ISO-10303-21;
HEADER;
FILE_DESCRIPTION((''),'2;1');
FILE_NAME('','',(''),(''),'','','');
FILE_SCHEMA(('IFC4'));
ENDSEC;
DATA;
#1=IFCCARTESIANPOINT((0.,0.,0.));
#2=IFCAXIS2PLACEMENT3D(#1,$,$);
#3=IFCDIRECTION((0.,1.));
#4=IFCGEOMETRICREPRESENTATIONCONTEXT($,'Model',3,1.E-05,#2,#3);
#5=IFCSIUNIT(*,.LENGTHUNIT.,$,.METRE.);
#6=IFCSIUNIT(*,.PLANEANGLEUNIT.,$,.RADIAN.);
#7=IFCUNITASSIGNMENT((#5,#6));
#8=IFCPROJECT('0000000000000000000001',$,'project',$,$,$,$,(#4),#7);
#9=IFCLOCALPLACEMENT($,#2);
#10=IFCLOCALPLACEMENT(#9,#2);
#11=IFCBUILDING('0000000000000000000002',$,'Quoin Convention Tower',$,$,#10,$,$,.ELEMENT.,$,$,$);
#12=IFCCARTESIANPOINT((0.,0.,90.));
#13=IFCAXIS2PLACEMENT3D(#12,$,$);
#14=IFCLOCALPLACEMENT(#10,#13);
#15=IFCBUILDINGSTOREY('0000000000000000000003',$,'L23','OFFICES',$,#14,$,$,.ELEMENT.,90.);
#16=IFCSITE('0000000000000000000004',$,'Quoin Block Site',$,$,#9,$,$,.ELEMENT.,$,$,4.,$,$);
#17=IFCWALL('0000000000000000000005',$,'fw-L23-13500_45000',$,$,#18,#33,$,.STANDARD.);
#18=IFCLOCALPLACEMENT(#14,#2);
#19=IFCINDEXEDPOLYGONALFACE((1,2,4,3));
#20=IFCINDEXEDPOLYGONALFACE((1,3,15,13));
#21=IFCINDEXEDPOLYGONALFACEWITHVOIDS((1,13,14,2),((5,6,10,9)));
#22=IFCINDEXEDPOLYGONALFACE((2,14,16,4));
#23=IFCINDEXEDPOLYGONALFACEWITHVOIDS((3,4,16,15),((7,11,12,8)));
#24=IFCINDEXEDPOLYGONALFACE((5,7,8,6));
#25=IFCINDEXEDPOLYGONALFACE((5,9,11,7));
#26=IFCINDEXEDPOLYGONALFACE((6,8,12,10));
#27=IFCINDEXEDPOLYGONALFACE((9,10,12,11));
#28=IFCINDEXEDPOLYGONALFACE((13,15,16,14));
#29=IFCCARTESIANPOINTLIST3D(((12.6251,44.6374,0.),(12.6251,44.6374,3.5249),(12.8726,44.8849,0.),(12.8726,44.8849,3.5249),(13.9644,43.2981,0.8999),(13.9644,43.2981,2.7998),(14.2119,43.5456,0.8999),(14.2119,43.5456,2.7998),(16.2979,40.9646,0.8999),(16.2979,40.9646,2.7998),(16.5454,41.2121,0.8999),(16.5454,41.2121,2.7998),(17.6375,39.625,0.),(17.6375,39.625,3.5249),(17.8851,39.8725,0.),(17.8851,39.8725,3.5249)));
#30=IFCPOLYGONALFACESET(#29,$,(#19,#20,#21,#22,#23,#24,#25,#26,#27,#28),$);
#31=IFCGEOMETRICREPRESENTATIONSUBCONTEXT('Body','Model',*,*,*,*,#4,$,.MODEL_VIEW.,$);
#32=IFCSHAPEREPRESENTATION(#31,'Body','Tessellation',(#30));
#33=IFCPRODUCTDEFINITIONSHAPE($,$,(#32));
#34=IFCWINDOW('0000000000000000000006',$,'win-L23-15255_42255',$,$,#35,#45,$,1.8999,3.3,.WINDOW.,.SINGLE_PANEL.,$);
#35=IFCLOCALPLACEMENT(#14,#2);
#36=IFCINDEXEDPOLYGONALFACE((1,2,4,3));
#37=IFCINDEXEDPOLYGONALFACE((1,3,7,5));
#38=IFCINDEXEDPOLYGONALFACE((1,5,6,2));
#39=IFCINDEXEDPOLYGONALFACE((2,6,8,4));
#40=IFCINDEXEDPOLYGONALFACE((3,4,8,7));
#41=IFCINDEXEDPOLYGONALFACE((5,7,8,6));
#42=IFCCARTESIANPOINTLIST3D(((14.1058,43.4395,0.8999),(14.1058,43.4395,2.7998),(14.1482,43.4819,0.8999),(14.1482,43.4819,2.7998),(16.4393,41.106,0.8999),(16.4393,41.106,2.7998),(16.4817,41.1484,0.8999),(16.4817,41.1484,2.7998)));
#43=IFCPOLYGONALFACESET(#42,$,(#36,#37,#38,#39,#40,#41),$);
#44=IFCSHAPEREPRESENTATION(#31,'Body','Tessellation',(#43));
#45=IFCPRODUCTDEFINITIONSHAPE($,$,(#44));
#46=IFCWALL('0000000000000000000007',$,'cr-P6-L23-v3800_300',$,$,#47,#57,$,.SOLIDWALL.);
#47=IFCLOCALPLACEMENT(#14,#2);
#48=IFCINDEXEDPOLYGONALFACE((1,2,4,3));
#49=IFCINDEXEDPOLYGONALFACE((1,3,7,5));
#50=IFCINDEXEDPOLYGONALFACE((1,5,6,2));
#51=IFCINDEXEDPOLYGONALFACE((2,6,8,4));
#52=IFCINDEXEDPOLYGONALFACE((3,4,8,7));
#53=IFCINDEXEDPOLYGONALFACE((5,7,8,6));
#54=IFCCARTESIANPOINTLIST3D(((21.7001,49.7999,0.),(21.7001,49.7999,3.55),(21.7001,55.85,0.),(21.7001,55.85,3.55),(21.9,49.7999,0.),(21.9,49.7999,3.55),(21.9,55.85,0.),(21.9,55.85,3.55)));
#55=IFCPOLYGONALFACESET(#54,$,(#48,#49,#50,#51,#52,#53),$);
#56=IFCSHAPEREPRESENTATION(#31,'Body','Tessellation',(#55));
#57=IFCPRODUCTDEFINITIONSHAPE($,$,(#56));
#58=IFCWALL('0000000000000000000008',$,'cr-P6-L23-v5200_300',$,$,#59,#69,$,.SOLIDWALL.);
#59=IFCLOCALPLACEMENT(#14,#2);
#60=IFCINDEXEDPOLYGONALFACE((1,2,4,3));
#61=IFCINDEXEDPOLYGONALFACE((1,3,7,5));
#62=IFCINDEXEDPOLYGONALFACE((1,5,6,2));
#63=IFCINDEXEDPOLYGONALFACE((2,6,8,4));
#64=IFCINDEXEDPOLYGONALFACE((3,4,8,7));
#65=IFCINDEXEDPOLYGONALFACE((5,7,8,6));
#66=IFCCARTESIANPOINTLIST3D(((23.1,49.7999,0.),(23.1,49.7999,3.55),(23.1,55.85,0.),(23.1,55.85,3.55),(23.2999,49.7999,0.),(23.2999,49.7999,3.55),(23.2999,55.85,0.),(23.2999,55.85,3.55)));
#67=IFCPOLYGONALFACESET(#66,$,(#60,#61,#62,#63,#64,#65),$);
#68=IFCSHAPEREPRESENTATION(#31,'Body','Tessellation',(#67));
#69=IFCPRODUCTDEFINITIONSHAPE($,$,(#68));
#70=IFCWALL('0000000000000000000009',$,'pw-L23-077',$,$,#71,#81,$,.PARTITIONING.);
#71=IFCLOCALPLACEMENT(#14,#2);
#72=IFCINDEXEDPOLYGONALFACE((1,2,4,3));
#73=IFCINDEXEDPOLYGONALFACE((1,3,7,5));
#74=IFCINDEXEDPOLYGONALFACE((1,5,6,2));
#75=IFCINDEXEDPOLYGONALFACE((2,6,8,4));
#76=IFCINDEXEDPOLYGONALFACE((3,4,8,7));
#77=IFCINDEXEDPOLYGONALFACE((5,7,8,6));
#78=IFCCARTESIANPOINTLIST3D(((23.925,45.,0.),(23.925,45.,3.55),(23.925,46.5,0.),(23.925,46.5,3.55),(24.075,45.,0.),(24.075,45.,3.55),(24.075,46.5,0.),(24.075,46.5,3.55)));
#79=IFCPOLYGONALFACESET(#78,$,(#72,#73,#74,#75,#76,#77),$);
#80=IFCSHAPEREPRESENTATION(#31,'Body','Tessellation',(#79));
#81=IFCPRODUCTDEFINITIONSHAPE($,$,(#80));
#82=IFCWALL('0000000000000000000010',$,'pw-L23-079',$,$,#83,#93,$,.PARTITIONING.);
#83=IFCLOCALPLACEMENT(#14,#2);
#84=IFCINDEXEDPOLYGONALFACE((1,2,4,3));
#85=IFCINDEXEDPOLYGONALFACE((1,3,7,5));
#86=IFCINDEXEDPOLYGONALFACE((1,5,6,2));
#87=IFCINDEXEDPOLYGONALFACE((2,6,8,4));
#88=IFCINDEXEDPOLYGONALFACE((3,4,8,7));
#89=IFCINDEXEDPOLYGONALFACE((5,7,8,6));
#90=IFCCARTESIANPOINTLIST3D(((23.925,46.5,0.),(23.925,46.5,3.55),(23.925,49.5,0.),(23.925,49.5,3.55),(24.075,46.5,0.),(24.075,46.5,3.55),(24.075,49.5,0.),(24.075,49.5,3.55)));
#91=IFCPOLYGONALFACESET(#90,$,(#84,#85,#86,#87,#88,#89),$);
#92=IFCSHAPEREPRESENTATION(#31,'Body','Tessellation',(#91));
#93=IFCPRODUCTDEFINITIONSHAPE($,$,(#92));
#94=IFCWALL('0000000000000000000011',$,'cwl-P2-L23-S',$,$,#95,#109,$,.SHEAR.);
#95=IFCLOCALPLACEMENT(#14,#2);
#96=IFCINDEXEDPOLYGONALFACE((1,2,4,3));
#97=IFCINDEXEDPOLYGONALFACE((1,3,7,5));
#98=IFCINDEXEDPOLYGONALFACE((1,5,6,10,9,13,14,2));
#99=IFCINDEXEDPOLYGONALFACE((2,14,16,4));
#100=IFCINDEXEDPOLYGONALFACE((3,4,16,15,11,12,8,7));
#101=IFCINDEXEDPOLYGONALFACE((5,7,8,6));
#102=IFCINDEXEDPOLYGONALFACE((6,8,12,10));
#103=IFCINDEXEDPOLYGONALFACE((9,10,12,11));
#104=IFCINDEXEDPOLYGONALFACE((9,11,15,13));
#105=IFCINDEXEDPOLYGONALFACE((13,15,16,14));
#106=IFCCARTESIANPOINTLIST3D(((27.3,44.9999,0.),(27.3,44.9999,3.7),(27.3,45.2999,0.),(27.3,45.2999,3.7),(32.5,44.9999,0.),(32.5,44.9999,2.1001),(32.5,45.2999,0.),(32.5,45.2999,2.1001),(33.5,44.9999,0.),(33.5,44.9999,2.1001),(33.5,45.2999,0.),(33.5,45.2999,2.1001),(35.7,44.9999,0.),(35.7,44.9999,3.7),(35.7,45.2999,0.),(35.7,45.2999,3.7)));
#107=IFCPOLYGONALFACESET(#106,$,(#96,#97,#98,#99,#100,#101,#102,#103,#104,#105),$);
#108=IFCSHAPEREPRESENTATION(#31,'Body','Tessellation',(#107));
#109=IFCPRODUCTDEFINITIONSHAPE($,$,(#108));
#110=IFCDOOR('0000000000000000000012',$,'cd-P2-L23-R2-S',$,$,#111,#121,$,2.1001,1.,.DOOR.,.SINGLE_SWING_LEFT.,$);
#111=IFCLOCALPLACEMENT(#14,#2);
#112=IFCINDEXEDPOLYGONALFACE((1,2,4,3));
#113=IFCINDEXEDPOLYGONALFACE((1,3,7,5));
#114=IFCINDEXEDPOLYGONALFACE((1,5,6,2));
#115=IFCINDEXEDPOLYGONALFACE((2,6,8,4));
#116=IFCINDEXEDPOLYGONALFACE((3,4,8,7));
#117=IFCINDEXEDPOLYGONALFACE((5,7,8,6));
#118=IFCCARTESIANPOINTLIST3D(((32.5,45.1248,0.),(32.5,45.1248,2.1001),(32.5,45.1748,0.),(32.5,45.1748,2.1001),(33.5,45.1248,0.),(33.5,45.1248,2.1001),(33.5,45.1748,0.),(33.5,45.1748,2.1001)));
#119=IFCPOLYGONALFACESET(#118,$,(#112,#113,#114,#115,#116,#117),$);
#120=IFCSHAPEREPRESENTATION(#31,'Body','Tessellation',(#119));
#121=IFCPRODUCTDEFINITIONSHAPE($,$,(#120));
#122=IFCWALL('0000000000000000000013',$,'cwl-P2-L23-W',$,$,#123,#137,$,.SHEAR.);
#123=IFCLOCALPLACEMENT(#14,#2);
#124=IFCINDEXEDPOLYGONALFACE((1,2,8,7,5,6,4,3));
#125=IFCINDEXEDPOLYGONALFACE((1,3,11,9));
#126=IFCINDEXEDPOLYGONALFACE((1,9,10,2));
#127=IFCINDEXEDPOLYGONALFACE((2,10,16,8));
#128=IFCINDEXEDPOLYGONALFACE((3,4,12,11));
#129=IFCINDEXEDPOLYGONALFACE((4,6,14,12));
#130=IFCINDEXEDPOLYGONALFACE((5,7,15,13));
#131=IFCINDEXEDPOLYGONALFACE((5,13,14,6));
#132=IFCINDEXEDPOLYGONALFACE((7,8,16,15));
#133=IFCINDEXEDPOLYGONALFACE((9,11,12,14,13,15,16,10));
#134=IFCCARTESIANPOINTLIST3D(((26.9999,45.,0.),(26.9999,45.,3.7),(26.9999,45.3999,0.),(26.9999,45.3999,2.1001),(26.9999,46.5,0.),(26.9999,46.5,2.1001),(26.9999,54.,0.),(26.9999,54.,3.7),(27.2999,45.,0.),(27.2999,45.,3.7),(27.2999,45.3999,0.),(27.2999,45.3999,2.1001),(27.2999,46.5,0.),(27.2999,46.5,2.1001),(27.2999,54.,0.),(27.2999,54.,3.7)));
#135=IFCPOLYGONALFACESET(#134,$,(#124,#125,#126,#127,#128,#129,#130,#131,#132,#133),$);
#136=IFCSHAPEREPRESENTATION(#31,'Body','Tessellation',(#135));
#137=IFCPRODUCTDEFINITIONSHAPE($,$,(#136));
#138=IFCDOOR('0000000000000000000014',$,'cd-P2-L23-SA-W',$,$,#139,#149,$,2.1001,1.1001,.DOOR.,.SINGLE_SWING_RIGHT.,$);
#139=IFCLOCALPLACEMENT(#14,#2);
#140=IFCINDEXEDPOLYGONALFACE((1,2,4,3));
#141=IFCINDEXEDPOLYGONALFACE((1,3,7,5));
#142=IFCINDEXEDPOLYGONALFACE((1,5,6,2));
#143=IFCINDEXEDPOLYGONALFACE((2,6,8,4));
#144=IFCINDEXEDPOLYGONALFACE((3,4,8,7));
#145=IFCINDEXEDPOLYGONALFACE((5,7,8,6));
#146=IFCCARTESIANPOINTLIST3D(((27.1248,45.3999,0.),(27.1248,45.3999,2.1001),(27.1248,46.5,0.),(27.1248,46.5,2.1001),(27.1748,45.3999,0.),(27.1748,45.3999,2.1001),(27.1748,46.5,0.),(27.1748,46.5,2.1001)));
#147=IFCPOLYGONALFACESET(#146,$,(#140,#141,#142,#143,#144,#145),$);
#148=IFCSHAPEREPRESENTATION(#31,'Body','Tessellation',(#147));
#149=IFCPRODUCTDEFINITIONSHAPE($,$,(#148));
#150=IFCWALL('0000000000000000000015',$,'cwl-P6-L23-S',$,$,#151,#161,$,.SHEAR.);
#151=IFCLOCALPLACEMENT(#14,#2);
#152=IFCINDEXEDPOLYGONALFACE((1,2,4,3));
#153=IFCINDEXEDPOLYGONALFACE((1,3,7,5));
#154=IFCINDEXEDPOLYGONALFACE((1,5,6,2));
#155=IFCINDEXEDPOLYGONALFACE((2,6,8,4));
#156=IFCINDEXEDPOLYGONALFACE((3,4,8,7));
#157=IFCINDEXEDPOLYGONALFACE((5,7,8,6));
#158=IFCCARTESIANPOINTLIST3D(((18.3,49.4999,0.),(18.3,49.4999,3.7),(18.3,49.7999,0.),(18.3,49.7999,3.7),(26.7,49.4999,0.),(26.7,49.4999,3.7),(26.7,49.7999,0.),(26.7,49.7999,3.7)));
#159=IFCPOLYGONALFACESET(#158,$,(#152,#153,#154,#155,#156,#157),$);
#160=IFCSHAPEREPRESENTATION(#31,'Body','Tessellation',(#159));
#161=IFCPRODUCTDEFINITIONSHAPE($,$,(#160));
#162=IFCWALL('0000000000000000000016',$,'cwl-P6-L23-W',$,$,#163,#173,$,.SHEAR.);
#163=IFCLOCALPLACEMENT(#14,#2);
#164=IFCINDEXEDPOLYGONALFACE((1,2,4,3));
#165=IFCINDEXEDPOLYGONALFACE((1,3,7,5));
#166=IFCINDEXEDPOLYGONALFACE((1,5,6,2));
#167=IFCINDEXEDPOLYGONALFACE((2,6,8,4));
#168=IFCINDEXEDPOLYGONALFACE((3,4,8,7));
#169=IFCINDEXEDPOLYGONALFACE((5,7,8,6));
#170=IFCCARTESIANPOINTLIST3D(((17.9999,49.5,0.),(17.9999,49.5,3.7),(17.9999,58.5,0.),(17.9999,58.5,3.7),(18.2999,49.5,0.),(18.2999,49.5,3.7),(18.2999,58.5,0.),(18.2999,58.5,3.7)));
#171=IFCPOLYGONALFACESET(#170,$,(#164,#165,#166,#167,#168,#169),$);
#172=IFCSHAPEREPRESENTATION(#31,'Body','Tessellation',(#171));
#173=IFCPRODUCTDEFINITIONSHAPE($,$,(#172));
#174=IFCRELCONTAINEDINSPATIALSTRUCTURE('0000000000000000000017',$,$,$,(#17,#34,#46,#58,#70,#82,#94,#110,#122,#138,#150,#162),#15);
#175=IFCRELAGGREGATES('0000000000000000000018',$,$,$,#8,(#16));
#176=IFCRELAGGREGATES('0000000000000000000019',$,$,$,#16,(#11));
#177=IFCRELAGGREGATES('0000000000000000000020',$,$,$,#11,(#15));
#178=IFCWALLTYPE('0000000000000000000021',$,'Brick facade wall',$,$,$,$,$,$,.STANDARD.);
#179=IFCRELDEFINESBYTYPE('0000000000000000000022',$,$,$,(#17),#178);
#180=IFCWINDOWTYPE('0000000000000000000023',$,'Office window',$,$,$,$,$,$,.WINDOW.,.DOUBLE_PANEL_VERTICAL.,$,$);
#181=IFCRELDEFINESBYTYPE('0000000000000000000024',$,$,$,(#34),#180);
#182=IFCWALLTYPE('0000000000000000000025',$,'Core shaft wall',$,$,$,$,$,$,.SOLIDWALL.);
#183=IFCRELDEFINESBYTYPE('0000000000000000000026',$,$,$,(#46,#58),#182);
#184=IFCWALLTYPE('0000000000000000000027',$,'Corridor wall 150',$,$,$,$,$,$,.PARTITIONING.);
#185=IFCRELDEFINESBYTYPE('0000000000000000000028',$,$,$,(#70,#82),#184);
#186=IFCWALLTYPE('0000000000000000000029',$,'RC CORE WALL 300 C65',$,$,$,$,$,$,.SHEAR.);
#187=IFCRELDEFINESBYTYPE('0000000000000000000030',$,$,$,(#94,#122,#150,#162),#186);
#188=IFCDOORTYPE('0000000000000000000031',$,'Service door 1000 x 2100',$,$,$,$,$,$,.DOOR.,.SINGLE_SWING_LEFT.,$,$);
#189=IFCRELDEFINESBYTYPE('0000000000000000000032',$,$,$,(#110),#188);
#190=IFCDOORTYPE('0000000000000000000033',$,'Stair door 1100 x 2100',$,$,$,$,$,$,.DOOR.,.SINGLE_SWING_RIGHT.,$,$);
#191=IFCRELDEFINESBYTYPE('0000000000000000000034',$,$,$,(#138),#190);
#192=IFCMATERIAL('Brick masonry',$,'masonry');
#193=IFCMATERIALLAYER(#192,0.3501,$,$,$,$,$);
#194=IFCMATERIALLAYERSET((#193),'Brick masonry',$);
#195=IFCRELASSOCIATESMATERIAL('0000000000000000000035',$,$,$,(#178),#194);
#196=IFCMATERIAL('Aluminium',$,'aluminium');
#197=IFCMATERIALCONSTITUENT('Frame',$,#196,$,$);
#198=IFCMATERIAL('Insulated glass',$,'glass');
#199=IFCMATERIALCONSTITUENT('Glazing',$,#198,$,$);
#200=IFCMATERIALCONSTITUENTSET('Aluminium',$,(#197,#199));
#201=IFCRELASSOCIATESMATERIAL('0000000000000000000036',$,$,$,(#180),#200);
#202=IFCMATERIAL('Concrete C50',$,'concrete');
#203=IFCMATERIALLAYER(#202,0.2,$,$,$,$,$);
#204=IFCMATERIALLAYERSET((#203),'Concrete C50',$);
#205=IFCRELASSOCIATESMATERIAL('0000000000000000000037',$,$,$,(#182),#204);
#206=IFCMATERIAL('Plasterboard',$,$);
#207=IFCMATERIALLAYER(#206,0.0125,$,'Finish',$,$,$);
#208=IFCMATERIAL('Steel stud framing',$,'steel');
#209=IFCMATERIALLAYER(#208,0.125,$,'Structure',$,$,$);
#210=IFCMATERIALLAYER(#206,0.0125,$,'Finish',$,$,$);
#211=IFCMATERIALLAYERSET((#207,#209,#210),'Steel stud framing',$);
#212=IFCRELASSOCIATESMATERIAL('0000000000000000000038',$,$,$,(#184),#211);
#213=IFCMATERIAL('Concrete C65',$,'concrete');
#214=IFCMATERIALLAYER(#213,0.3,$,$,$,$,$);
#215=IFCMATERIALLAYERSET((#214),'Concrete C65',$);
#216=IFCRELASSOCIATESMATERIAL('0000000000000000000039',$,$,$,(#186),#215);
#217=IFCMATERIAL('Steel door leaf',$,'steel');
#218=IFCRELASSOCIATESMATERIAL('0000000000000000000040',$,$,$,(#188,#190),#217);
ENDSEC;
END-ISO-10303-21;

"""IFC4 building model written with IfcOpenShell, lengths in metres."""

from ifc_helpers import new_model, si_unit, direction, frame, frame_2d, origin, place, context, subcontext, project, spatial, rectangle, extrude, material, layer, layer_set, constituent, constituent_set, type_object, element, fill, save


model = new_model("IFC4")

# Units and contexts
model_context = context("Model", 3, precision=1e-05, world=origin(), true_north=direction((0.0, 1.0)))
body_context = subcontext(model_context, "Body", "Model", "MODEL_VIEW")
ifc_project = project(units=[si_unit("LENGTHUNIT", "METRE"), si_unit("PLANEANGLEUNIT", "RADIAN")], contexts=[model_context])

# Site, building, storey
site_placement = place(None, origin())
site = spatial("IfcSite", under=ifc_project, at=site_placement, Name="Quoin Block Site", CompositionType="ELEMENT", RefElevation=4.0)
building_placement = place(site_placement, origin())
building = spatial("IfcBuilding", under=site, at=building_placement, Name="Quoin Convention Tower", CompositionType="ELEMENT")
storey_placement = place(building_placement, frame((0.0, 0.0, 90.0)))
storey = spatial("IfcBuildingStorey", under=building, at=storey_placement, Name="L23", Description="OFFICES", CompositionType="ELEMENT", Elevation=90.0)

# Shared definitions
ifc_material_1 = material(Name="Concrete C65", Category="concrete")

# Wall, opening, window
ifc_material_2 = material(Name="Brick masonry", Category="masonry")
ifc_layer_1 = layer(ifc_material_2, 0.3501)
ifc_layer_set_1 = layer_set([ifc_layer_1], Name="Brick masonry")
wall_type_1 = type_object("IfcWallType", Name="Brick facade wall", PredefinedType="STANDARD", material=ifc_layer_set_1)
wall_1_placement = place(storey_placement, frame((12.7488, 44.7612, 0.0), z_axis=(0.0, 0.0, 1.0), x_axis=(0.707107, -0.707107, 0.0)))
wall_1 = element("IfcWall", 1, at=wall_1_placement, inside=storey, type_object=wall_type_1, Name="fw-L23-13500_45000", PredefinedType="STANDARD", context=body_context, shape_type="SweptSolid", body=[
    extrude(rectangle(XDim=7.0886, YDim=0.3501, at=frame_2d((3.5444, 0.0))), origin(), (0.0, 0.0, 1.0), 3.5249),
])
opening_1_placement = place(wall_1_placement, frame((1.8943, 0.0, 0.8999)))
opening_1 = element("IfcOpeningElement", 2, at=opening_1_placement, cuts=wall_1, PredefinedType="OPENING", context=body_context, shape_type="SweptSolid", body=[
    extrude(rectangle(XDim=3.3, YDim=1.8999, at=frame_2d((1.6499, 0.95))), frame((0.0, 0.1851, 0.0), z_axis=(0.0, -1.0, 0.0), x_axis=(1.0, 0.0, 0.0)), (0.0, 0.0, 1.0), 0.3701),
])
ifc_material_3 = material(Name="Aluminium", Category="aluminium")
ifc_constituent_1 = constituent(ifc_material_3, Name="Frame")
ifc_material_4 = material(Name="Insulated glass", Category="glass")
ifc_constituent_2 = constituent(ifc_material_4, Name="Glazing")
ifc_constituent_set = constituent_set(constituents=[ifc_constituent_1, ifc_constituent_2], Name="Aluminium")
window_type = type_object("IfcWindowType", Name="Office window", PartitioningType="DOUBLE_PANEL_VERTICAL", PredefinedType="WINDOW", material=ifc_constituent_set)
window_placement = place(opening_1_placement, origin())
window = element("IfcWindow", 3, at=window_placement, inside=storey, type_object=window_type, Name="win-L23-15255_42255", OverallHeight=1.8999, OverallWidth=3.3, PartitioningType="SINGLE_PANEL", PredefinedType="WINDOW", context=body_context, shape_type="SweptSolid", body=[
    extrude(rectangle(XDim=3.3, YDim=1.8999, at=frame_2d((1.6499, 0.95))), frame((0.0, 0.085, 0.0), z_axis=(0.0, -1.0, 0.0), x_axis=(1.0, 0.0, 0.0)), (0.0, 0.0, 1.0), 0.0601),
])
fill(opening_1, window)

# Walls
ifc_material_5 = material(Name="Concrete C50", Category="concrete")
ifc_layer_2 = layer(ifc_material_5, 0.2)
ifc_layer_set_2 = layer_set([ifc_layer_2], Name="Concrete C50")
wall_type_2 = type_object("IfcWallType", Name="Core shaft wall", PredefinedType="SOLIDWALL", material=ifc_layer_set_2)
for number, where, z_axis, x_axis, name in (
    (4, (21.8, 49.8, 0.0), (0.0, 0.0, 1.0), (0.0, 1.0, 0.0), "cr-P6-L23-v3800_300"),
    (5, (23.2, 49.8, 0.0), (0.0, 0.0, 1.0), (0.0, 1.0, 0.0), "cr-P6-L23-v5200_300"),
):
    element("IfcWall", number, at=place(storey_placement, frame(where, z_axis=z_axis, x_axis=x_axis)), inside=storey, type_object=wall_type_2, Name=name, PredefinedType="SOLIDWALL", context=body_context, shape_type="SweptSolid", body=[
        extrude(rectangle(XDim=6.05, YDim=0.2, at=frame_2d((3.0249, 0.0))), origin(), (0.0, 0.0, 1.0), 3.55),
    ])
ifc_material_6 = material(Name="Plasterboard")
ifc_layer_3 = layer(ifc_material_6, 0.0125, Name="Finish")
ifc_material_7 = material(Name="Steel stud framing", Category="steel")
ifc_layer_4 = layer(ifc_material_7, 0.125, Name="Structure")
ifc_layer_5 = layer(ifc_material_6, 0.0125, Name="Finish")
ifc_layer_set_3 = layer_set([ifc_layer_3, ifc_layer_4, ifc_layer_5], Name="Steel stud framing")
wall_type_3 = type_object("IfcWallType", Name="Corridor wall 150", PredefinedType="PARTITIONING", material=ifc_layer_set_3)
wall_2_placement = place(storey_placement, frame((24.0, 45.0, 0.0), z_axis=(0.0, 0.0, 1.0), x_axis=(0.0, 1.0, 0.0)))
element("IfcWall", 6, at=wall_2_placement, inside=storey, type_object=wall_type_3, Name="pw-L23-077", PredefinedType="PARTITIONING", context=body_context, shape_type="SweptSolid", body=[
    extrude(rectangle(XDim=1.5, YDim=0.1499, at=frame_2d((0.75, 0.0))), origin(), (0.0, 0.0, 1.0), 3.55),
])
wall_3_placement = place(storey_placement, frame((24.0, 46.5, 0.0), z_axis=(0.0, 0.0, 1.0), x_axis=(0.0, 1.0, 0.0)))
element("IfcWall", 7, at=wall_3_placement, inside=storey, type_object=wall_type_3, Name="pw-L23-079", PredefinedType="PARTITIONING", context=body_context, shape_type="SweptSolid", body=[
    extrude(rectangle(XDim=3.0, YDim=0.1499, at=frame_2d((1.5, 0.0))), origin(), (0.0, 0.0, 1.0), 3.55),
])

# Walls, openings, doors
ifc_layer_6 = layer(ifc_material_1, 0.3)
ifc_layer_set_4 = layer_set([ifc_layer_6], Name="Concrete C65")
wall_type_4 = type_object("IfcWallType", Name="RC CORE WALL 300 C65", PredefinedType="SHEAR", material=ifc_layer_set_4)
wall_4_placement = place(storey_placement, frame((27.3, 45.1499, 0.0), z_axis=(0.0, 0.0, 1.0), x_axis=(1.0, 0.0, 0.0)))
wall_4 = element("IfcWall", 8, at=wall_4_placement, inside=storey, type_object=wall_type_4, Name="cwl-P2-L23-S", PredefinedType="SHEAR", context=body_context, shape_type="SweptSolid", body=[
    extrude(rectangle(XDim=8.3999, YDim=0.3, at=frame_2d((4.2, 0.0))), origin(), (0.0, 0.0, 1.0), 3.7),
])
opening_2_placement = place(wall_4_placement, frame((5.2, 0.0, 0.0)))
opening_2 = element("IfcOpeningElement", 9, at=opening_2_placement, cuts=wall_4, PredefinedType="OPENING", context=body_context, shape_type="SweptSolid", body=[
    extrude(rectangle(XDim=1.0, YDim=2.1001, at=frame_2d((0.5, 1.05))), frame((0.0, 0.1599, 0.0), z_axis=(0.0, -1.0, 0.0), x_axis=(1.0, 0.0, 0.0)), (0.0, 0.0, 1.0), 0.3201),
])
ifc_material_8 = material(Name="Steel door leaf", Category="steel")
door_type_1 = type_object("IfcDoorType", Name="Service door 1000 x 2100", OperationType="SINGLE_SWING_LEFT", PredefinedType="DOOR", material=ifc_material_8)
door_1_placement = place(opening_2_placement, origin())
door_1 = element("IfcDoor", 10, at=door_1_placement, inside=storey, type_object=door_type_1, Name="cd-P2-L23-R2-S", OperationType="SINGLE_SWING_LEFT", OverallHeight=2.1001, OverallWidth=1.0, PredefinedType="DOOR", context=body_context, shape_type="SweptSolid", body=[
    extrude(rectangle(XDim=1.0, YDim=2.1001, at=frame_2d((0.5, 1.05))), frame((0.0, 0.0249, 0.0), z_axis=(0.0, -1.0, 0.0), x_axis=(1.0, 0.0, 0.0)), (0.0, 0.0, 1.0), 0.05),
])
fill(opening_2, door_1)
wall_5_placement = place(storey_placement, frame((27.1499, 45.0, 0.0), z_axis=(0.0, 0.0, 1.0), x_axis=(0.0, 1.0, 0.0)))
wall_5 = element("IfcWall", 11, at=wall_5_placement, inside=storey, type_object=wall_type_4, Name="cwl-P2-L23-W", PredefinedType="SHEAR", context=body_context, shape_type="SweptSolid", body=[
    extrude(rectangle(XDim=9.0, YDim=0.3, at=frame_2d((4.5, 0.0))), origin(), (0.0, 0.0, 1.0), 3.7),
])
opening_3_placement = place(wall_5_placement, frame((0.3999, 0.0, 0.0)))
opening_3 = element("IfcOpeningElement", 12, at=opening_3_placement, cuts=wall_5, PredefinedType="OPENING", context=body_context, shape_type="SweptSolid", body=[
    extrude(rectangle(XDim=1.1001, YDim=2.1001, at=frame_2d((0.55, 1.05))), frame((0.0, 0.1599, 0.0), z_axis=(0.0, -1.0, 0.0), x_axis=(1.0, 0.0, 0.0)), (0.0, 0.0, 1.0), 0.3201),
])
door_type_2 = type_object("IfcDoorType", Name="Stair door 1100 x 2100", OperationType="SINGLE_SWING_RIGHT", PredefinedType="DOOR", material=ifc_material_8)
door_2_placement = place(opening_3_placement, frame((1.1001, 0.0, 0.0), z_axis=(0.0, 0.0, 1.0), x_axis=(-1.0, 0.0, 0.0)))
door_2 = element("IfcDoor", 13, at=door_2_placement, inside=storey, type_object=door_type_2, Name="cd-P2-L23-SA-W", OperationType="SINGLE_SWING_RIGHT", OverallHeight=2.1001, OverallWidth=1.1001, PredefinedType="DOOR", context=body_context, shape_type="SweptSolid", body=[
    extrude(rectangle(XDim=1.1001, YDim=2.1001, at=frame_2d((0.55, 1.05))), frame((0.0, 0.0249, 0.0), z_axis=(0.0, -1.0, 0.0), x_axis=(1.0, 0.0, 0.0)), (0.0, 0.0, 1.0), 0.05),
])
fill(opening_3, door_2)

# Walls
wall_6_placement = place(storey_placement, frame((18.3, 49.6499, 0.0), z_axis=(0.0, 0.0, 1.0), x_axis=(1.0, 0.0, 0.0)))
element("IfcWall", 14, at=wall_6_placement, inside=storey, type_object=wall_type_4, Name="cwl-P6-L23-S", PredefinedType="SHEAR", context=body_context, shape_type="SweptSolid", body=[
    extrude(rectangle(XDim=8.3999, YDim=0.3, at=frame_2d((4.2, 0.0))), origin(), (0.0, 0.0, 1.0), 3.7),
])
wall_7_placement = place(storey_placement, frame((18.1499, 49.5, 0.0), z_axis=(0.0, 0.0, 1.0), x_axis=(0.0, 1.0, 0.0)))
element("IfcWall", 15, at=wall_7_placement, inside=storey, type_object=wall_type_4, Name="cwl-P6-L23-W", PredefinedType="SHEAR", context=body_context, shape_type="SweptSolid", body=[
    extrude(rectangle(XDim=9.0, YDim=0.3, at=frame_2d((4.5, 0.0))), origin(), (0.0, 0.0, 1.0), 3.7),
])

save(model, "model.ifc")
